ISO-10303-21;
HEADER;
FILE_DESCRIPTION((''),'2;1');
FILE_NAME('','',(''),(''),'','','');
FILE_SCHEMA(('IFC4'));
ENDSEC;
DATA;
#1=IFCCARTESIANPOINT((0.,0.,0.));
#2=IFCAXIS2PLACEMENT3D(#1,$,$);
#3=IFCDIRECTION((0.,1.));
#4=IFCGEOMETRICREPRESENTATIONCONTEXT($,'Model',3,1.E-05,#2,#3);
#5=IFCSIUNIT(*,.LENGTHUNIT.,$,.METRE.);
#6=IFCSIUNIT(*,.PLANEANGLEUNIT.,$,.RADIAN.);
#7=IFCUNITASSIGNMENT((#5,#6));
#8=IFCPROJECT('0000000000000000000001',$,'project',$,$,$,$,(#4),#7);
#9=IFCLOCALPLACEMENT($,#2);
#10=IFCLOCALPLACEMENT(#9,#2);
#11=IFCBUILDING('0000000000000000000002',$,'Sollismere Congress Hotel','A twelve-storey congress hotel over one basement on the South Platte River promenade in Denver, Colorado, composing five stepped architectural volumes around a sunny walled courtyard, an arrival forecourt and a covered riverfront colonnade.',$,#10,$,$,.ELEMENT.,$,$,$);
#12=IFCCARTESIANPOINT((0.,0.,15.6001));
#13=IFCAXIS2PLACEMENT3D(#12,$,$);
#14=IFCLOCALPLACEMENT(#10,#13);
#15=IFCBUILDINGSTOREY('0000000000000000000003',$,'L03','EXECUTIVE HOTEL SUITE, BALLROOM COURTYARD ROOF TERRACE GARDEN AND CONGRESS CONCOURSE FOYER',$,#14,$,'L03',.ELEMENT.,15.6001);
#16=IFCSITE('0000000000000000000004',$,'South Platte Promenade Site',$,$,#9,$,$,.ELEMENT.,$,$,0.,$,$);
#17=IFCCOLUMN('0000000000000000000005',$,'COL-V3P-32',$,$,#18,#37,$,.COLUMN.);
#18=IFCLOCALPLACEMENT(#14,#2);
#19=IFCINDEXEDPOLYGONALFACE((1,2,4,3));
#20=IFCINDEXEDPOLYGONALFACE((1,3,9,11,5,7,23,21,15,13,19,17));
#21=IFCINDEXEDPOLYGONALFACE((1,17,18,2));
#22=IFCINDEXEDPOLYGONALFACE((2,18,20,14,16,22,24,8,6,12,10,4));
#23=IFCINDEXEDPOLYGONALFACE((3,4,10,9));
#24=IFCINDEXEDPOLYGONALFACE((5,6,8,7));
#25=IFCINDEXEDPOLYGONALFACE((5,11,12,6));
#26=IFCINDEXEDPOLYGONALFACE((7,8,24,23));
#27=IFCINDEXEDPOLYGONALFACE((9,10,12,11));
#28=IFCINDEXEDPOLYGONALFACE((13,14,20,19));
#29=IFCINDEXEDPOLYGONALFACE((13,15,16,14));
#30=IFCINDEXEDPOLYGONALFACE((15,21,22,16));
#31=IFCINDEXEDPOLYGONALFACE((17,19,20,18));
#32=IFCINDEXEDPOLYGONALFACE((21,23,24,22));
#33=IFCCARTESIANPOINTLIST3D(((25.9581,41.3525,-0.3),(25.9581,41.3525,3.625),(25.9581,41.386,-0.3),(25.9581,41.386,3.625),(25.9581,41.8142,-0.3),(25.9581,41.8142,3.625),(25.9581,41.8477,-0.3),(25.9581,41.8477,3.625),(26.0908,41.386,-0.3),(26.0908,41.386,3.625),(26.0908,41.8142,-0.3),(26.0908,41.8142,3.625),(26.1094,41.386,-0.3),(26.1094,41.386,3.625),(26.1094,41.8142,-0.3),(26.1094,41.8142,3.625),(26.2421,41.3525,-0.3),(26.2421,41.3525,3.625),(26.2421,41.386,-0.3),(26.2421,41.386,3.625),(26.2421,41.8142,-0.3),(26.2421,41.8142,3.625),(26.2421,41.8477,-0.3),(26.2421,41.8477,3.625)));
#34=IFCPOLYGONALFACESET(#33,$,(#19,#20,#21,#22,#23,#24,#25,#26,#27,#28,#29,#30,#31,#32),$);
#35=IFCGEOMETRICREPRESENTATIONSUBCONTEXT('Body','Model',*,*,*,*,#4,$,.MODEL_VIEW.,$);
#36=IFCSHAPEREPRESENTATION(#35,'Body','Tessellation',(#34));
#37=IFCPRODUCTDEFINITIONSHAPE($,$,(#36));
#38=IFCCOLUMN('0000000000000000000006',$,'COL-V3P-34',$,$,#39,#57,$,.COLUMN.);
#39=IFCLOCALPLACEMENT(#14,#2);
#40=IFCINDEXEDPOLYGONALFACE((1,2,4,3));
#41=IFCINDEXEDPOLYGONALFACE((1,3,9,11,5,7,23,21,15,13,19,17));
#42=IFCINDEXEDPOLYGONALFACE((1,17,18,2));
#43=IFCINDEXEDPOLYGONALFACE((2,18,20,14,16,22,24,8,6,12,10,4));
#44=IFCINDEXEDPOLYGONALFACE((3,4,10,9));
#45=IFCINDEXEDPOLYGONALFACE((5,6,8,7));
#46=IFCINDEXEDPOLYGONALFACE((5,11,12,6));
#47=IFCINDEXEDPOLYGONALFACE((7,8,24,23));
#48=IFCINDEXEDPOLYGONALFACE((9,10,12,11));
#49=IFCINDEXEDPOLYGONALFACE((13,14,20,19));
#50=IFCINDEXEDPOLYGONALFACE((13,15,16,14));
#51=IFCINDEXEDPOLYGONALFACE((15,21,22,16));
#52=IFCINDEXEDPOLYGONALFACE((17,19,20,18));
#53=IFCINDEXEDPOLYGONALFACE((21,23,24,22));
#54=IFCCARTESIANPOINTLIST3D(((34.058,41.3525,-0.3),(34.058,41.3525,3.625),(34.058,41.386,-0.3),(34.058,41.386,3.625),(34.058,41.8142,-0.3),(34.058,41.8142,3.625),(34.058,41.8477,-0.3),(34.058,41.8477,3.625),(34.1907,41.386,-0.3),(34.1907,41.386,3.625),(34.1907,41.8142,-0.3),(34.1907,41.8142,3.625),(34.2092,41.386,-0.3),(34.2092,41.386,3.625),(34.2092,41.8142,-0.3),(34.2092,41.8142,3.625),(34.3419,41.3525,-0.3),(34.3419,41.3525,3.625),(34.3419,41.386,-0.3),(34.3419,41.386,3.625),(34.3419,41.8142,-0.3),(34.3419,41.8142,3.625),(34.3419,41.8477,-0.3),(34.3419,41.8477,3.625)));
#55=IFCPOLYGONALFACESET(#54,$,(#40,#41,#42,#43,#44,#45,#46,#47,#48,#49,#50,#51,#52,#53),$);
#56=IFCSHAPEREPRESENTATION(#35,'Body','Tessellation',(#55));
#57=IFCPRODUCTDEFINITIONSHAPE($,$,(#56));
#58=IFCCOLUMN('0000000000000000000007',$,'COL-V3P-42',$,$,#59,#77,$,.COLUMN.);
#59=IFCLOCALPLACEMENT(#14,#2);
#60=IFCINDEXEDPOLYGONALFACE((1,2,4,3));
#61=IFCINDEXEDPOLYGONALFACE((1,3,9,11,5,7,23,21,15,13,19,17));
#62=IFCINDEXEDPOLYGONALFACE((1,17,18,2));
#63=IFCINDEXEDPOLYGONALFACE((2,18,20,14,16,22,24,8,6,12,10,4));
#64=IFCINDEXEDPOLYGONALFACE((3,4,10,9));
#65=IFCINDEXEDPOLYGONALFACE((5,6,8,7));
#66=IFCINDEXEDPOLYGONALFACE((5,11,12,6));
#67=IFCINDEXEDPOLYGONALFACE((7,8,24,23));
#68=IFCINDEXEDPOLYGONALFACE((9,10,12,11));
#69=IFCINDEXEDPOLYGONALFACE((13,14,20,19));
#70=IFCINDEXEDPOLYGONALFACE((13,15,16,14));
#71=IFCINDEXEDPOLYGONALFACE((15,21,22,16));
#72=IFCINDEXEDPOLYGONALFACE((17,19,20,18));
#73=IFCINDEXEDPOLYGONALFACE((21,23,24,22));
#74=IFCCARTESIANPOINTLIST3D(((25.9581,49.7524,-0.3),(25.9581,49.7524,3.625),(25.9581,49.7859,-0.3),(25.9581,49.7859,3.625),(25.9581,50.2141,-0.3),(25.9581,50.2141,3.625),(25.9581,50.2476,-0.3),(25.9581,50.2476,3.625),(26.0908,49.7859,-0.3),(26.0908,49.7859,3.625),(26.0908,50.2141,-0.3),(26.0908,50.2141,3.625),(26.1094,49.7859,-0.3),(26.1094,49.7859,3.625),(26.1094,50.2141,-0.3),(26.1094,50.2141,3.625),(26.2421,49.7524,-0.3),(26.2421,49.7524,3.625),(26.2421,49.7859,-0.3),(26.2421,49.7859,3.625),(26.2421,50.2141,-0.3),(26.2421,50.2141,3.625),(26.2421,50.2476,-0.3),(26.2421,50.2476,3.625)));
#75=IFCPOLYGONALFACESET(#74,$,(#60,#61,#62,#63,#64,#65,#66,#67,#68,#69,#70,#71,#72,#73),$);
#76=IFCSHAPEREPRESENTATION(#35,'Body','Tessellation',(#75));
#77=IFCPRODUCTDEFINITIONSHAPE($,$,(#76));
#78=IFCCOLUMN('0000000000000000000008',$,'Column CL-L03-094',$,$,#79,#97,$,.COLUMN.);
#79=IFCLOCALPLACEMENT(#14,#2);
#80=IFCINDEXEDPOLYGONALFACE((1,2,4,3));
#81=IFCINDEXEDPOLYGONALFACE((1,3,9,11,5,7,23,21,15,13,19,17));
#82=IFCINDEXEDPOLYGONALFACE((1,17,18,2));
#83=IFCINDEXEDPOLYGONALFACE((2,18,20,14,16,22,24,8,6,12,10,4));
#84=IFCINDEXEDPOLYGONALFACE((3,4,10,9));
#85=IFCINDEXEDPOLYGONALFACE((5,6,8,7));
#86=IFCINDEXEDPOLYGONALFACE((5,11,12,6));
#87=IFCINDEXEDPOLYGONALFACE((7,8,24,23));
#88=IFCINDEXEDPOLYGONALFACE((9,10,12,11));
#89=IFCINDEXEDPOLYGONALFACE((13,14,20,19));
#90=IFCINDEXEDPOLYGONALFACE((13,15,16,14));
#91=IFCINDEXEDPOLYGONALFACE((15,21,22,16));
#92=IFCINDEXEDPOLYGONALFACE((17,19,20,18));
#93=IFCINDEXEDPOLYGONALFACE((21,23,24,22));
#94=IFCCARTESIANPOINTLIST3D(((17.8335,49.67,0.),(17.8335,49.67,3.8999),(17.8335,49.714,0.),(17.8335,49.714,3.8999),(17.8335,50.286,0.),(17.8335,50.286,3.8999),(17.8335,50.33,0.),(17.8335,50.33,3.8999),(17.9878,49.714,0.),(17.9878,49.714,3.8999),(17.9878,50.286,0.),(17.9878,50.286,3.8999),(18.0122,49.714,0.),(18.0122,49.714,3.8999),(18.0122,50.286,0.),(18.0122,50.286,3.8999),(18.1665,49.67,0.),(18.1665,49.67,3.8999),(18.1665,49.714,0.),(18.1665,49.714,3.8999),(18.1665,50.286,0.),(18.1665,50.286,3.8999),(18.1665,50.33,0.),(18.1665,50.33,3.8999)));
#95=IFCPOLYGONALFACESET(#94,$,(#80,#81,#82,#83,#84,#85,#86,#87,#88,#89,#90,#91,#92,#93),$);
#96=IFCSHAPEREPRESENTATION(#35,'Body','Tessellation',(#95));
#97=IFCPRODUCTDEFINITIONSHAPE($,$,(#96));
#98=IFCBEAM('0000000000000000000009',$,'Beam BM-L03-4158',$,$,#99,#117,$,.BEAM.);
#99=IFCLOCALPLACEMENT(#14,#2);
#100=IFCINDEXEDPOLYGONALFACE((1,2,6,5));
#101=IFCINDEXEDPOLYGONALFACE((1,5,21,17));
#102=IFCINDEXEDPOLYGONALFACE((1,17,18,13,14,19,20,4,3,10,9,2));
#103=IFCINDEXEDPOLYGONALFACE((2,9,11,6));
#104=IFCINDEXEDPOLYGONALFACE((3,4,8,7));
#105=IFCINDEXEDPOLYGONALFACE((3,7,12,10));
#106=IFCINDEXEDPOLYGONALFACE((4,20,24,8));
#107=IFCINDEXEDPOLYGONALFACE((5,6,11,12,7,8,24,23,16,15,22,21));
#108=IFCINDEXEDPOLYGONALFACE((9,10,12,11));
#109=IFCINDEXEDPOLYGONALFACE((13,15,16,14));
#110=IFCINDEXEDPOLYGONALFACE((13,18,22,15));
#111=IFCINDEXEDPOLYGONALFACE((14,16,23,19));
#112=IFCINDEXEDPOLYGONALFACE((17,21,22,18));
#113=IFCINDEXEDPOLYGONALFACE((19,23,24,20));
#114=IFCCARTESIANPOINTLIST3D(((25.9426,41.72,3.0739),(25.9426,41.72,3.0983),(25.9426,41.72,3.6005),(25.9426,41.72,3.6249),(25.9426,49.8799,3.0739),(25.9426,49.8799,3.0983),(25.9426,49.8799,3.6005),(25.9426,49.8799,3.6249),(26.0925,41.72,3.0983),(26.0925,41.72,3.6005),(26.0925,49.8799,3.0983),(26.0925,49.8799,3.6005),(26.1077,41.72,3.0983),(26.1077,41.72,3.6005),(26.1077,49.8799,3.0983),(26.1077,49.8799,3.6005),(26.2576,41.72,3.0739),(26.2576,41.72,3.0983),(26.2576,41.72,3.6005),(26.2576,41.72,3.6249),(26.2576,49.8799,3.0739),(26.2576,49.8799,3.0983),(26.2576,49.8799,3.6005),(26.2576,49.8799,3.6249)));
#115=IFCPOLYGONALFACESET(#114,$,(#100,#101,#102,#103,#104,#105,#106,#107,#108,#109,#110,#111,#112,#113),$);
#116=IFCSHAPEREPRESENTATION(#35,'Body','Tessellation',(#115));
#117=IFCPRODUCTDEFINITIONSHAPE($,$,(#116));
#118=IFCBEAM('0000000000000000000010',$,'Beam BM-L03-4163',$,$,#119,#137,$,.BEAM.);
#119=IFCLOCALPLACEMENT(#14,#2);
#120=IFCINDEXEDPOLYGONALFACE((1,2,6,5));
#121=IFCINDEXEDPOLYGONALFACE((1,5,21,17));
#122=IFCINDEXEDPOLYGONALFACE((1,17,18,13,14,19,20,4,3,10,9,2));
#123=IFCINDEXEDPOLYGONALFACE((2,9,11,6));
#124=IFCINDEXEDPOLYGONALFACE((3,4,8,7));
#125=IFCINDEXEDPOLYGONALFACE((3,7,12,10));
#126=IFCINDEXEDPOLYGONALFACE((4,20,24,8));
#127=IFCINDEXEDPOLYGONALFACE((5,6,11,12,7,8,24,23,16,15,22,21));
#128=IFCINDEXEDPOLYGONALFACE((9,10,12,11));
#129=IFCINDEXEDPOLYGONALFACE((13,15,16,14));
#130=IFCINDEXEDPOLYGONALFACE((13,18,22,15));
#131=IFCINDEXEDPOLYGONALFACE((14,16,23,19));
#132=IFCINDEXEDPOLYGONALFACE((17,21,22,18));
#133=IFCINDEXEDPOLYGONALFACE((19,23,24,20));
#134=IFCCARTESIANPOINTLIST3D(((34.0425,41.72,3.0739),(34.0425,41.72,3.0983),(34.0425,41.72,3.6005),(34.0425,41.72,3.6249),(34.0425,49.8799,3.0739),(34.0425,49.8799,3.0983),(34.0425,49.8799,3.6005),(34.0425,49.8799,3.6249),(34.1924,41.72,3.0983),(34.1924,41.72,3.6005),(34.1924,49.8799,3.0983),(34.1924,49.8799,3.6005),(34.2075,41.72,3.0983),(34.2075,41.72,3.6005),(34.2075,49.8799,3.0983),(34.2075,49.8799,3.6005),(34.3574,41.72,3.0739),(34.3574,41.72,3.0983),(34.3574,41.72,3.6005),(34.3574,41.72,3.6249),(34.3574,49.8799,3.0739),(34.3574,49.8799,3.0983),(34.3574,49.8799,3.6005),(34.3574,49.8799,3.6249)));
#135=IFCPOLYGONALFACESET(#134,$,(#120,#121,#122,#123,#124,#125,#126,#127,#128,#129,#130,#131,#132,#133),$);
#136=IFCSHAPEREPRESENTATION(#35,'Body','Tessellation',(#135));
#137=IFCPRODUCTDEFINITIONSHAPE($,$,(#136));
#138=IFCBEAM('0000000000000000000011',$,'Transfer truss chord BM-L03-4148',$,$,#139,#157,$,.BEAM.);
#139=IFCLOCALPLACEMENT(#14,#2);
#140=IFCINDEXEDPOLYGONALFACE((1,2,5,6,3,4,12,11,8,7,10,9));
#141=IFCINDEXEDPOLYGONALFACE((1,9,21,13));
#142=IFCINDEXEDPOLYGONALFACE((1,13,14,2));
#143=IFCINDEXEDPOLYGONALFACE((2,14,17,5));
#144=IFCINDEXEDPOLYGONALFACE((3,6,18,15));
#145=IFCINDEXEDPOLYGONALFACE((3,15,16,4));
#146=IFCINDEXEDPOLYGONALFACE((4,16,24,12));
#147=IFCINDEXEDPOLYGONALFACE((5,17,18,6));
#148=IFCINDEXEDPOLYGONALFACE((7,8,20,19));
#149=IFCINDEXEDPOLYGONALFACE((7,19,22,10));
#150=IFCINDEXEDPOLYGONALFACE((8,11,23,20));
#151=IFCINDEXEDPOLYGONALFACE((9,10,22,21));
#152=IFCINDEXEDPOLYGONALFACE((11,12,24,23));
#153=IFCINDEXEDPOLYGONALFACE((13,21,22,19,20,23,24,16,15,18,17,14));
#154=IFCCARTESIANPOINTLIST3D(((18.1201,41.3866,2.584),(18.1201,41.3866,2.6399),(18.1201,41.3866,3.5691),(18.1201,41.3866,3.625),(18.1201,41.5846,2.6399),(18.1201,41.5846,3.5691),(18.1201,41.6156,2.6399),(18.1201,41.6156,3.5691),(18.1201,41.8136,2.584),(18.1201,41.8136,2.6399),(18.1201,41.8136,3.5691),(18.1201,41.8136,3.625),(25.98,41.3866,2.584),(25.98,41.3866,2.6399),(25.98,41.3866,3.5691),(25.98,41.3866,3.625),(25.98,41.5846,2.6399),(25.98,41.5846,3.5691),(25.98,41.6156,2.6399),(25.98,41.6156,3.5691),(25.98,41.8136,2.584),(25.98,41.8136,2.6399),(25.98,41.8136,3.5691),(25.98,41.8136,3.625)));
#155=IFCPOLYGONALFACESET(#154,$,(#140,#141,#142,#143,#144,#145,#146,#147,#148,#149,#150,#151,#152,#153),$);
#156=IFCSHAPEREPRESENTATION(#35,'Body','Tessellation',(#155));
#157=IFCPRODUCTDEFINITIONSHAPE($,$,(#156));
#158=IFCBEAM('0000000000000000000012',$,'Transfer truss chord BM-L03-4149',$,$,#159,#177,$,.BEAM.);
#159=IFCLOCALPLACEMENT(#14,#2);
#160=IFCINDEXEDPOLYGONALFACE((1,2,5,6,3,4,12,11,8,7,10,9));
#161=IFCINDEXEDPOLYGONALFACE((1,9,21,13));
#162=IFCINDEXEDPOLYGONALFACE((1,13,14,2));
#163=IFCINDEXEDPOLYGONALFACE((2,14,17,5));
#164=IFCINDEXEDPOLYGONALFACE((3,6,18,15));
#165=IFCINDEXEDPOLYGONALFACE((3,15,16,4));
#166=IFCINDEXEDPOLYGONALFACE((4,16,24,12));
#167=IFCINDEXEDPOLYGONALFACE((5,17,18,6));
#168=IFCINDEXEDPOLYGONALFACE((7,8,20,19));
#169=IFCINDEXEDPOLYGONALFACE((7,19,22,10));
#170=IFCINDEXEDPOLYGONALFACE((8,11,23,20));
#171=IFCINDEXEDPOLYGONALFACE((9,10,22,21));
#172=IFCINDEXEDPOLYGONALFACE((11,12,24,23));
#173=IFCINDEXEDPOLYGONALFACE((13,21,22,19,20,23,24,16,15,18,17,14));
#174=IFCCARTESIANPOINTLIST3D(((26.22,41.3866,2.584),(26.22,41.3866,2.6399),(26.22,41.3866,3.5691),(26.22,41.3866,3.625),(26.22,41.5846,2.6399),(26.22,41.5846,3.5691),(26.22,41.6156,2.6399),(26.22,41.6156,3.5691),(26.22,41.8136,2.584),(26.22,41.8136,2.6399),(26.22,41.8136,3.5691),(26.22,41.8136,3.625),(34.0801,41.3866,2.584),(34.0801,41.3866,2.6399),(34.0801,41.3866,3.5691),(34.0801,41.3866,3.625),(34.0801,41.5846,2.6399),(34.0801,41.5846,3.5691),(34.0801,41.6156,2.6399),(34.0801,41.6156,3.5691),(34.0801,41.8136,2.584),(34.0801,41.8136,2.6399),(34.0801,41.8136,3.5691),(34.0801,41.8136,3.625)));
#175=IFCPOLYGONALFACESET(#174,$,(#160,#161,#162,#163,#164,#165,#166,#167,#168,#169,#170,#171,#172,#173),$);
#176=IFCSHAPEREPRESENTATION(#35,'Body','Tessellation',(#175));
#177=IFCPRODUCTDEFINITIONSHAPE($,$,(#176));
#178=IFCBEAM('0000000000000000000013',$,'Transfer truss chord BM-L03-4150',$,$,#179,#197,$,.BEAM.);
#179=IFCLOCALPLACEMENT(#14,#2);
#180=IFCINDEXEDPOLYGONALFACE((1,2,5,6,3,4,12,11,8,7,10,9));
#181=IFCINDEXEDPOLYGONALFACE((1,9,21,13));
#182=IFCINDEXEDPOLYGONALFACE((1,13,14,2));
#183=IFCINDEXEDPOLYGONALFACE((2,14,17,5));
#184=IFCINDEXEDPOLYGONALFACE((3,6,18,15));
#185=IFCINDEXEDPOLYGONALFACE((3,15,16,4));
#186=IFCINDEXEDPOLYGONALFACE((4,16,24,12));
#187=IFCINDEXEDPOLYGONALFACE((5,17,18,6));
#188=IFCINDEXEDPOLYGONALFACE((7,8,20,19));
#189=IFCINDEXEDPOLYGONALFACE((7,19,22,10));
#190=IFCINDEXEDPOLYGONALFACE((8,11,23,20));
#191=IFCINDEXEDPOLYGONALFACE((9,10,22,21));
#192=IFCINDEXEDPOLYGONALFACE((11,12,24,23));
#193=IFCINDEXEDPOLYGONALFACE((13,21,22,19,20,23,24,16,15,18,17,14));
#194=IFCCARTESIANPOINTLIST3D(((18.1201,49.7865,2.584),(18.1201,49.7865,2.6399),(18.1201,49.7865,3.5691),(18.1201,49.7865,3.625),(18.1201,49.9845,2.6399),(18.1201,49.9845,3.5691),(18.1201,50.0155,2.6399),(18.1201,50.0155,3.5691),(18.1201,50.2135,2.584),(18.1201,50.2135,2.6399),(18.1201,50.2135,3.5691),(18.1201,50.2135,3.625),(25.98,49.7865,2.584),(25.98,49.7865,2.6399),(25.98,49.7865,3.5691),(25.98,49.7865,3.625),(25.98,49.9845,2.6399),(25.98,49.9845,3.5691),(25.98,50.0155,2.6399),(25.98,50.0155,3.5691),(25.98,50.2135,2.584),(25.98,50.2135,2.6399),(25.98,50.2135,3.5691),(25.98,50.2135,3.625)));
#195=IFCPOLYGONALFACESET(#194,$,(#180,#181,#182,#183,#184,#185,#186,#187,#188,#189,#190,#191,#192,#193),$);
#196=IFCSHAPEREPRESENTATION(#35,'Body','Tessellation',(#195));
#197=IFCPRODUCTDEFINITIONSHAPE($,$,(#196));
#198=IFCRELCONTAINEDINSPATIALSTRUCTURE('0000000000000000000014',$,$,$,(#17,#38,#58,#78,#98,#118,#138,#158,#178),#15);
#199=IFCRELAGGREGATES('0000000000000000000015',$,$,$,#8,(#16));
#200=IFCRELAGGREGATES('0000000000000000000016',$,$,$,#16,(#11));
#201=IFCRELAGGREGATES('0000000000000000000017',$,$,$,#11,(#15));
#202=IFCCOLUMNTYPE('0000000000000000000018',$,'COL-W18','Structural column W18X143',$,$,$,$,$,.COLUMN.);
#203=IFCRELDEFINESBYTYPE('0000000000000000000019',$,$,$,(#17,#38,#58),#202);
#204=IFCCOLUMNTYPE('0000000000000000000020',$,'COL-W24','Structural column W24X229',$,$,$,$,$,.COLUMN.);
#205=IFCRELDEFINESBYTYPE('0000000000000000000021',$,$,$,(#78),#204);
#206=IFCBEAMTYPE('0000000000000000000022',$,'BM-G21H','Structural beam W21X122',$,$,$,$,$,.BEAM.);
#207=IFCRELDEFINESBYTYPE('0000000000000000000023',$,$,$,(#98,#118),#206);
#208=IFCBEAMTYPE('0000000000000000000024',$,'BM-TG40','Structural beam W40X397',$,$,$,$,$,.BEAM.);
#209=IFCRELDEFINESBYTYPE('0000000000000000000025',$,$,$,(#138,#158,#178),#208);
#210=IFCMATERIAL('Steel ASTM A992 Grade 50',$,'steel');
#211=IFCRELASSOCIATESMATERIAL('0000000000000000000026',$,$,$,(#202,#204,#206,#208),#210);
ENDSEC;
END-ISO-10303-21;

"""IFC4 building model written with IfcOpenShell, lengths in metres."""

from ifc_helpers import new_model, si_unit, direction, frame, origin, origin_2d, place, context, subcontext, project, spatial, i_section, extrude, material, material_profile, profile_set, type_object, element, save


model = new_model("IFC4")

# Units and contexts
model_context = context("Model", 3, precision=1e-05, world=origin(), true_north=direction((0.0, 1.0)))
body_context = subcontext(model_context, "Body", "Model", "MODEL_VIEW")
ifc_project = project(units=[si_unit("LENGTHUNIT", "METRE"), si_unit("PLANEANGLEUNIT", "RADIAN")], contexts=[model_context])

# Site, building, storey
site_placement = place(None, origin())
site = spatial("IfcSite", under=ifc_project, at=site_placement, Name="South Platte Promenade Site", CompositionType="ELEMENT", RefElevation=0.0)
building_placement = place(site_placement, origin())
building = spatial("IfcBuilding", under=site, at=building_placement, Name="Sollismere Congress Hotel", Description="A twelve-storey congress hotel over one basement on the South Platte River promenade in Denver, Colorado, composing five stepped architectural volumes around a sunny walled courtyard, an arrival forecourt and a covered riverfront colonnade.", CompositionType="ELEMENT")
storey_placement = place(building_placement, frame((0.0, 0.0, 15.6001)))
storey = spatial("IfcBuildingStorey", under=building, at=storey_placement, Name="L03", Description="EXECUTIVE HOTEL SUITE, BALLROOM COURTYARD ROOF TERRACE GARDEN AND CONGRESS CONCOURSE FOYER", LongName="L03", CompositionType="ELEMENT", Elevation=15.6001)

# Columns
ifc_material_1 = material(Name="Steel ASTM A992 Grade 50", Category="steel")
ifc_material_profile_1 = material_profile(ifc_material_1, i_section(OverallWidth=0.2839, OverallDepth=0.4951, WebThickness=0.0186, FlangeThickness=0.0334, at=origin_2d()), Name="W18X143")
ifc_profile_set_1 = profile_set([ifc_material_profile_1], Name="Steel ASTM A992 Grade 50")
column_type_1 = type_object("IfcColumnType", Name="COL-W18", Description="Structural column W18X143", PredefinedType="COLUMN", material=ifc_profile_set_1)
for number, where, z_axis, x_axis, name in (
    (1, (26.1001, 41.6001, -0.3), (0.0, 0.0, 1.0), (1.0, 0.0, 0.0), "COL-V3P-32"),
    (2, (34.2, 41.6001, -0.3), (0.0, 0.0, 1.0), (1.0, 0.0, 0.0), "COL-V3P-34"),
    (3, (26.1001, 50.0, -0.3), (0.0, 0.0, 1.0), (1.0, 0.0, 0.0), "COL-V3P-42"),
):
    element("IfcColumn", number, at=place(storey_placement, frame(where, z_axis=z_axis, x_axis=x_axis)), inside=storey, type_object=column_type_1, Name=name, PredefinedType="COLUMN", context=body_context, shape_type="SweptSolid", body=[
        extrude(i_section(OverallWidth=0.2839, OverallDepth=0.4951, WebThickness=0.0186, FlangeThickness=0.0334, at=origin_2d()), origin(), (0.0, 0.0, 1.0), 3.925),
    ])
ifc_material_profile_2 = material_profile(ifc_material_1, i_section(OverallWidth=0.333, OverallDepth=0.6599, WebThickness=0.0244, FlangeThickness=0.0439, at=origin_2d()), Name="W24X229")
ifc_profile_set_2 = profile_set([ifc_material_profile_2], Name="Steel ASTM A992 Grade 50")
column_type_2 = type_object("IfcColumnType", Name="COL-W24", Description="Structural column W24X229", PredefinedType="COLUMN", material=ifc_profile_set_2)
column_placement = place(storey_placement, frame((18.0, 50.0, 0.0), z_axis=(0.0, 0.0, 1.0), x_axis=(1.0, 0.0, 0.0)))
element("IfcColumn", 4, at=column_placement, inside=storey, type_object=column_type_2, Name="Column CL-L03-094", PredefinedType="COLUMN", context=body_context, shape_type="SweptSolid", body=[
    extrude(i_section(OverallWidth=0.333, OverallDepth=0.6599, WebThickness=0.0244, FlangeThickness=0.0439, at=origin_2d()), origin(), (0.0, 0.0, 1.0), 3.8999),
])

# Beams
ifc_material_profile_3 = material_profile(ifc_material_1, i_section(OverallWidth=0.3149, OverallDepth=0.551, WebThickness=0.0151, FlangeThickness=0.0244, at=origin_2d()), Name="W21X122")
ifc_profile_set_3 = profile_set([ifc_material_profile_3], Name="Steel ASTM A992 Grade 50")
beam_type_1 = type_object("IfcBeamType", Name="BM-G21H", Description="Structural beam W21X122", PredefinedType="BEAM", material=ifc_profile_set_3)
for number, where, z_axis, x_axis, name in (
    (5, (26.1001, 41.72, 3.3494), (0.0, 1.0, 0.0), (-1.0, 0.0, 0.0), "Beam BM-L03-4158"),
    (6, (34.2, 41.72, 3.3494), (0.0, 1.0, 0.0), (-1.0, 0.0, 0.0), "Beam BM-L03-4163"),
):
    element("IfcBeam", number, at=place(storey_placement, frame(where, z_axis=z_axis, x_axis=x_axis)), inside=storey, type_object=beam_type_1, Name=name, PredefinedType="BEAM", context=body_context, shape_type="SweptSolid", body=[
        extrude(i_section(OverallWidth=0.3149, OverallDepth=0.551, WebThickness=0.0151, FlangeThickness=0.0244, at=origin_2d()), origin(), (0.0, 0.0, 1.0), 8.1599),
    ])
ifc_material_profile_4 = material_profile(ifc_material_1, i_section(OverallWidth=0.427, OverallDepth=1.041, WebThickness=0.031, FlangeThickness=0.0559, at=origin_2d()), Name="W40X397")
ifc_profile_set_4 = profile_set([ifc_material_profile_4], Name="Steel ASTM A992 Grade 50")
beam_type_2 = type_object("IfcBeamType", Name="BM-TG40", Description="Structural beam W40X397", PredefinedType="BEAM", material=ifc_profile_set_4)
beam_1_placement = place(storey_placement, frame((18.1201, 41.6001, 3.1045), z_axis=(1.0, 0.0, 0.0), x_axis=(0.0, 1.0, 0.0)))
element("IfcBeam", 7, at=beam_1_placement, inside=storey, type_object=beam_type_2, Name="Transfer truss chord BM-L03-4148", PredefinedType="BEAM", context=body_context, shape_type="SweptSolid", body=[
    extrude(i_section(OverallWidth=0.427, OverallDepth=1.041, WebThickness=0.031, FlangeThickness=0.0559, at=origin_2d()), origin(), (0.0, 0.0, 1.0), 7.8599),
])
beam_2_placement = place(storey_placement, frame((26.22, 41.6001, 3.1045), z_axis=(1.0, 0.0, 0.0), x_axis=(0.0, 1.0, 0.0)))
element("IfcBeam", 8, at=beam_2_placement, inside=storey, type_object=beam_type_2, Name="Transfer truss chord BM-L03-4149", PredefinedType="BEAM", context=body_context, shape_type="SweptSolid", body=[
    extrude(i_section(OverallWidth=0.427, OverallDepth=1.041, WebThickness=0.031, FlangeThickness=0.0559, at=origin_2d()), origin(), (0.0, 0.0, 1.0), 7.8601),
])
beam_3_placement = place(storey_placement, frame((18.1201, 50.0, 3.1045), z_axis=(1.0, 0.0, 0.0), x_axis=(0.0, 1.0, 0.0)))
element("IfcBeam", 9, at=beam_3_placement, inside=storey, type_object=beam_type_2, Name="Transfer truss chord BM-L03-4150", PredefinedType="BEAM", context=body_context, shape_type="SweptSolid", body=[
    extrude(i_section(OverallWidth=0.427, OverallDepth=1.041, WebThickness=0.031, FlangeThickness=0.0559, at=origin_2d()), origin(), (0.0, 0.0, 1.0), 7.8599),
])

save(model, "model.ifc")
